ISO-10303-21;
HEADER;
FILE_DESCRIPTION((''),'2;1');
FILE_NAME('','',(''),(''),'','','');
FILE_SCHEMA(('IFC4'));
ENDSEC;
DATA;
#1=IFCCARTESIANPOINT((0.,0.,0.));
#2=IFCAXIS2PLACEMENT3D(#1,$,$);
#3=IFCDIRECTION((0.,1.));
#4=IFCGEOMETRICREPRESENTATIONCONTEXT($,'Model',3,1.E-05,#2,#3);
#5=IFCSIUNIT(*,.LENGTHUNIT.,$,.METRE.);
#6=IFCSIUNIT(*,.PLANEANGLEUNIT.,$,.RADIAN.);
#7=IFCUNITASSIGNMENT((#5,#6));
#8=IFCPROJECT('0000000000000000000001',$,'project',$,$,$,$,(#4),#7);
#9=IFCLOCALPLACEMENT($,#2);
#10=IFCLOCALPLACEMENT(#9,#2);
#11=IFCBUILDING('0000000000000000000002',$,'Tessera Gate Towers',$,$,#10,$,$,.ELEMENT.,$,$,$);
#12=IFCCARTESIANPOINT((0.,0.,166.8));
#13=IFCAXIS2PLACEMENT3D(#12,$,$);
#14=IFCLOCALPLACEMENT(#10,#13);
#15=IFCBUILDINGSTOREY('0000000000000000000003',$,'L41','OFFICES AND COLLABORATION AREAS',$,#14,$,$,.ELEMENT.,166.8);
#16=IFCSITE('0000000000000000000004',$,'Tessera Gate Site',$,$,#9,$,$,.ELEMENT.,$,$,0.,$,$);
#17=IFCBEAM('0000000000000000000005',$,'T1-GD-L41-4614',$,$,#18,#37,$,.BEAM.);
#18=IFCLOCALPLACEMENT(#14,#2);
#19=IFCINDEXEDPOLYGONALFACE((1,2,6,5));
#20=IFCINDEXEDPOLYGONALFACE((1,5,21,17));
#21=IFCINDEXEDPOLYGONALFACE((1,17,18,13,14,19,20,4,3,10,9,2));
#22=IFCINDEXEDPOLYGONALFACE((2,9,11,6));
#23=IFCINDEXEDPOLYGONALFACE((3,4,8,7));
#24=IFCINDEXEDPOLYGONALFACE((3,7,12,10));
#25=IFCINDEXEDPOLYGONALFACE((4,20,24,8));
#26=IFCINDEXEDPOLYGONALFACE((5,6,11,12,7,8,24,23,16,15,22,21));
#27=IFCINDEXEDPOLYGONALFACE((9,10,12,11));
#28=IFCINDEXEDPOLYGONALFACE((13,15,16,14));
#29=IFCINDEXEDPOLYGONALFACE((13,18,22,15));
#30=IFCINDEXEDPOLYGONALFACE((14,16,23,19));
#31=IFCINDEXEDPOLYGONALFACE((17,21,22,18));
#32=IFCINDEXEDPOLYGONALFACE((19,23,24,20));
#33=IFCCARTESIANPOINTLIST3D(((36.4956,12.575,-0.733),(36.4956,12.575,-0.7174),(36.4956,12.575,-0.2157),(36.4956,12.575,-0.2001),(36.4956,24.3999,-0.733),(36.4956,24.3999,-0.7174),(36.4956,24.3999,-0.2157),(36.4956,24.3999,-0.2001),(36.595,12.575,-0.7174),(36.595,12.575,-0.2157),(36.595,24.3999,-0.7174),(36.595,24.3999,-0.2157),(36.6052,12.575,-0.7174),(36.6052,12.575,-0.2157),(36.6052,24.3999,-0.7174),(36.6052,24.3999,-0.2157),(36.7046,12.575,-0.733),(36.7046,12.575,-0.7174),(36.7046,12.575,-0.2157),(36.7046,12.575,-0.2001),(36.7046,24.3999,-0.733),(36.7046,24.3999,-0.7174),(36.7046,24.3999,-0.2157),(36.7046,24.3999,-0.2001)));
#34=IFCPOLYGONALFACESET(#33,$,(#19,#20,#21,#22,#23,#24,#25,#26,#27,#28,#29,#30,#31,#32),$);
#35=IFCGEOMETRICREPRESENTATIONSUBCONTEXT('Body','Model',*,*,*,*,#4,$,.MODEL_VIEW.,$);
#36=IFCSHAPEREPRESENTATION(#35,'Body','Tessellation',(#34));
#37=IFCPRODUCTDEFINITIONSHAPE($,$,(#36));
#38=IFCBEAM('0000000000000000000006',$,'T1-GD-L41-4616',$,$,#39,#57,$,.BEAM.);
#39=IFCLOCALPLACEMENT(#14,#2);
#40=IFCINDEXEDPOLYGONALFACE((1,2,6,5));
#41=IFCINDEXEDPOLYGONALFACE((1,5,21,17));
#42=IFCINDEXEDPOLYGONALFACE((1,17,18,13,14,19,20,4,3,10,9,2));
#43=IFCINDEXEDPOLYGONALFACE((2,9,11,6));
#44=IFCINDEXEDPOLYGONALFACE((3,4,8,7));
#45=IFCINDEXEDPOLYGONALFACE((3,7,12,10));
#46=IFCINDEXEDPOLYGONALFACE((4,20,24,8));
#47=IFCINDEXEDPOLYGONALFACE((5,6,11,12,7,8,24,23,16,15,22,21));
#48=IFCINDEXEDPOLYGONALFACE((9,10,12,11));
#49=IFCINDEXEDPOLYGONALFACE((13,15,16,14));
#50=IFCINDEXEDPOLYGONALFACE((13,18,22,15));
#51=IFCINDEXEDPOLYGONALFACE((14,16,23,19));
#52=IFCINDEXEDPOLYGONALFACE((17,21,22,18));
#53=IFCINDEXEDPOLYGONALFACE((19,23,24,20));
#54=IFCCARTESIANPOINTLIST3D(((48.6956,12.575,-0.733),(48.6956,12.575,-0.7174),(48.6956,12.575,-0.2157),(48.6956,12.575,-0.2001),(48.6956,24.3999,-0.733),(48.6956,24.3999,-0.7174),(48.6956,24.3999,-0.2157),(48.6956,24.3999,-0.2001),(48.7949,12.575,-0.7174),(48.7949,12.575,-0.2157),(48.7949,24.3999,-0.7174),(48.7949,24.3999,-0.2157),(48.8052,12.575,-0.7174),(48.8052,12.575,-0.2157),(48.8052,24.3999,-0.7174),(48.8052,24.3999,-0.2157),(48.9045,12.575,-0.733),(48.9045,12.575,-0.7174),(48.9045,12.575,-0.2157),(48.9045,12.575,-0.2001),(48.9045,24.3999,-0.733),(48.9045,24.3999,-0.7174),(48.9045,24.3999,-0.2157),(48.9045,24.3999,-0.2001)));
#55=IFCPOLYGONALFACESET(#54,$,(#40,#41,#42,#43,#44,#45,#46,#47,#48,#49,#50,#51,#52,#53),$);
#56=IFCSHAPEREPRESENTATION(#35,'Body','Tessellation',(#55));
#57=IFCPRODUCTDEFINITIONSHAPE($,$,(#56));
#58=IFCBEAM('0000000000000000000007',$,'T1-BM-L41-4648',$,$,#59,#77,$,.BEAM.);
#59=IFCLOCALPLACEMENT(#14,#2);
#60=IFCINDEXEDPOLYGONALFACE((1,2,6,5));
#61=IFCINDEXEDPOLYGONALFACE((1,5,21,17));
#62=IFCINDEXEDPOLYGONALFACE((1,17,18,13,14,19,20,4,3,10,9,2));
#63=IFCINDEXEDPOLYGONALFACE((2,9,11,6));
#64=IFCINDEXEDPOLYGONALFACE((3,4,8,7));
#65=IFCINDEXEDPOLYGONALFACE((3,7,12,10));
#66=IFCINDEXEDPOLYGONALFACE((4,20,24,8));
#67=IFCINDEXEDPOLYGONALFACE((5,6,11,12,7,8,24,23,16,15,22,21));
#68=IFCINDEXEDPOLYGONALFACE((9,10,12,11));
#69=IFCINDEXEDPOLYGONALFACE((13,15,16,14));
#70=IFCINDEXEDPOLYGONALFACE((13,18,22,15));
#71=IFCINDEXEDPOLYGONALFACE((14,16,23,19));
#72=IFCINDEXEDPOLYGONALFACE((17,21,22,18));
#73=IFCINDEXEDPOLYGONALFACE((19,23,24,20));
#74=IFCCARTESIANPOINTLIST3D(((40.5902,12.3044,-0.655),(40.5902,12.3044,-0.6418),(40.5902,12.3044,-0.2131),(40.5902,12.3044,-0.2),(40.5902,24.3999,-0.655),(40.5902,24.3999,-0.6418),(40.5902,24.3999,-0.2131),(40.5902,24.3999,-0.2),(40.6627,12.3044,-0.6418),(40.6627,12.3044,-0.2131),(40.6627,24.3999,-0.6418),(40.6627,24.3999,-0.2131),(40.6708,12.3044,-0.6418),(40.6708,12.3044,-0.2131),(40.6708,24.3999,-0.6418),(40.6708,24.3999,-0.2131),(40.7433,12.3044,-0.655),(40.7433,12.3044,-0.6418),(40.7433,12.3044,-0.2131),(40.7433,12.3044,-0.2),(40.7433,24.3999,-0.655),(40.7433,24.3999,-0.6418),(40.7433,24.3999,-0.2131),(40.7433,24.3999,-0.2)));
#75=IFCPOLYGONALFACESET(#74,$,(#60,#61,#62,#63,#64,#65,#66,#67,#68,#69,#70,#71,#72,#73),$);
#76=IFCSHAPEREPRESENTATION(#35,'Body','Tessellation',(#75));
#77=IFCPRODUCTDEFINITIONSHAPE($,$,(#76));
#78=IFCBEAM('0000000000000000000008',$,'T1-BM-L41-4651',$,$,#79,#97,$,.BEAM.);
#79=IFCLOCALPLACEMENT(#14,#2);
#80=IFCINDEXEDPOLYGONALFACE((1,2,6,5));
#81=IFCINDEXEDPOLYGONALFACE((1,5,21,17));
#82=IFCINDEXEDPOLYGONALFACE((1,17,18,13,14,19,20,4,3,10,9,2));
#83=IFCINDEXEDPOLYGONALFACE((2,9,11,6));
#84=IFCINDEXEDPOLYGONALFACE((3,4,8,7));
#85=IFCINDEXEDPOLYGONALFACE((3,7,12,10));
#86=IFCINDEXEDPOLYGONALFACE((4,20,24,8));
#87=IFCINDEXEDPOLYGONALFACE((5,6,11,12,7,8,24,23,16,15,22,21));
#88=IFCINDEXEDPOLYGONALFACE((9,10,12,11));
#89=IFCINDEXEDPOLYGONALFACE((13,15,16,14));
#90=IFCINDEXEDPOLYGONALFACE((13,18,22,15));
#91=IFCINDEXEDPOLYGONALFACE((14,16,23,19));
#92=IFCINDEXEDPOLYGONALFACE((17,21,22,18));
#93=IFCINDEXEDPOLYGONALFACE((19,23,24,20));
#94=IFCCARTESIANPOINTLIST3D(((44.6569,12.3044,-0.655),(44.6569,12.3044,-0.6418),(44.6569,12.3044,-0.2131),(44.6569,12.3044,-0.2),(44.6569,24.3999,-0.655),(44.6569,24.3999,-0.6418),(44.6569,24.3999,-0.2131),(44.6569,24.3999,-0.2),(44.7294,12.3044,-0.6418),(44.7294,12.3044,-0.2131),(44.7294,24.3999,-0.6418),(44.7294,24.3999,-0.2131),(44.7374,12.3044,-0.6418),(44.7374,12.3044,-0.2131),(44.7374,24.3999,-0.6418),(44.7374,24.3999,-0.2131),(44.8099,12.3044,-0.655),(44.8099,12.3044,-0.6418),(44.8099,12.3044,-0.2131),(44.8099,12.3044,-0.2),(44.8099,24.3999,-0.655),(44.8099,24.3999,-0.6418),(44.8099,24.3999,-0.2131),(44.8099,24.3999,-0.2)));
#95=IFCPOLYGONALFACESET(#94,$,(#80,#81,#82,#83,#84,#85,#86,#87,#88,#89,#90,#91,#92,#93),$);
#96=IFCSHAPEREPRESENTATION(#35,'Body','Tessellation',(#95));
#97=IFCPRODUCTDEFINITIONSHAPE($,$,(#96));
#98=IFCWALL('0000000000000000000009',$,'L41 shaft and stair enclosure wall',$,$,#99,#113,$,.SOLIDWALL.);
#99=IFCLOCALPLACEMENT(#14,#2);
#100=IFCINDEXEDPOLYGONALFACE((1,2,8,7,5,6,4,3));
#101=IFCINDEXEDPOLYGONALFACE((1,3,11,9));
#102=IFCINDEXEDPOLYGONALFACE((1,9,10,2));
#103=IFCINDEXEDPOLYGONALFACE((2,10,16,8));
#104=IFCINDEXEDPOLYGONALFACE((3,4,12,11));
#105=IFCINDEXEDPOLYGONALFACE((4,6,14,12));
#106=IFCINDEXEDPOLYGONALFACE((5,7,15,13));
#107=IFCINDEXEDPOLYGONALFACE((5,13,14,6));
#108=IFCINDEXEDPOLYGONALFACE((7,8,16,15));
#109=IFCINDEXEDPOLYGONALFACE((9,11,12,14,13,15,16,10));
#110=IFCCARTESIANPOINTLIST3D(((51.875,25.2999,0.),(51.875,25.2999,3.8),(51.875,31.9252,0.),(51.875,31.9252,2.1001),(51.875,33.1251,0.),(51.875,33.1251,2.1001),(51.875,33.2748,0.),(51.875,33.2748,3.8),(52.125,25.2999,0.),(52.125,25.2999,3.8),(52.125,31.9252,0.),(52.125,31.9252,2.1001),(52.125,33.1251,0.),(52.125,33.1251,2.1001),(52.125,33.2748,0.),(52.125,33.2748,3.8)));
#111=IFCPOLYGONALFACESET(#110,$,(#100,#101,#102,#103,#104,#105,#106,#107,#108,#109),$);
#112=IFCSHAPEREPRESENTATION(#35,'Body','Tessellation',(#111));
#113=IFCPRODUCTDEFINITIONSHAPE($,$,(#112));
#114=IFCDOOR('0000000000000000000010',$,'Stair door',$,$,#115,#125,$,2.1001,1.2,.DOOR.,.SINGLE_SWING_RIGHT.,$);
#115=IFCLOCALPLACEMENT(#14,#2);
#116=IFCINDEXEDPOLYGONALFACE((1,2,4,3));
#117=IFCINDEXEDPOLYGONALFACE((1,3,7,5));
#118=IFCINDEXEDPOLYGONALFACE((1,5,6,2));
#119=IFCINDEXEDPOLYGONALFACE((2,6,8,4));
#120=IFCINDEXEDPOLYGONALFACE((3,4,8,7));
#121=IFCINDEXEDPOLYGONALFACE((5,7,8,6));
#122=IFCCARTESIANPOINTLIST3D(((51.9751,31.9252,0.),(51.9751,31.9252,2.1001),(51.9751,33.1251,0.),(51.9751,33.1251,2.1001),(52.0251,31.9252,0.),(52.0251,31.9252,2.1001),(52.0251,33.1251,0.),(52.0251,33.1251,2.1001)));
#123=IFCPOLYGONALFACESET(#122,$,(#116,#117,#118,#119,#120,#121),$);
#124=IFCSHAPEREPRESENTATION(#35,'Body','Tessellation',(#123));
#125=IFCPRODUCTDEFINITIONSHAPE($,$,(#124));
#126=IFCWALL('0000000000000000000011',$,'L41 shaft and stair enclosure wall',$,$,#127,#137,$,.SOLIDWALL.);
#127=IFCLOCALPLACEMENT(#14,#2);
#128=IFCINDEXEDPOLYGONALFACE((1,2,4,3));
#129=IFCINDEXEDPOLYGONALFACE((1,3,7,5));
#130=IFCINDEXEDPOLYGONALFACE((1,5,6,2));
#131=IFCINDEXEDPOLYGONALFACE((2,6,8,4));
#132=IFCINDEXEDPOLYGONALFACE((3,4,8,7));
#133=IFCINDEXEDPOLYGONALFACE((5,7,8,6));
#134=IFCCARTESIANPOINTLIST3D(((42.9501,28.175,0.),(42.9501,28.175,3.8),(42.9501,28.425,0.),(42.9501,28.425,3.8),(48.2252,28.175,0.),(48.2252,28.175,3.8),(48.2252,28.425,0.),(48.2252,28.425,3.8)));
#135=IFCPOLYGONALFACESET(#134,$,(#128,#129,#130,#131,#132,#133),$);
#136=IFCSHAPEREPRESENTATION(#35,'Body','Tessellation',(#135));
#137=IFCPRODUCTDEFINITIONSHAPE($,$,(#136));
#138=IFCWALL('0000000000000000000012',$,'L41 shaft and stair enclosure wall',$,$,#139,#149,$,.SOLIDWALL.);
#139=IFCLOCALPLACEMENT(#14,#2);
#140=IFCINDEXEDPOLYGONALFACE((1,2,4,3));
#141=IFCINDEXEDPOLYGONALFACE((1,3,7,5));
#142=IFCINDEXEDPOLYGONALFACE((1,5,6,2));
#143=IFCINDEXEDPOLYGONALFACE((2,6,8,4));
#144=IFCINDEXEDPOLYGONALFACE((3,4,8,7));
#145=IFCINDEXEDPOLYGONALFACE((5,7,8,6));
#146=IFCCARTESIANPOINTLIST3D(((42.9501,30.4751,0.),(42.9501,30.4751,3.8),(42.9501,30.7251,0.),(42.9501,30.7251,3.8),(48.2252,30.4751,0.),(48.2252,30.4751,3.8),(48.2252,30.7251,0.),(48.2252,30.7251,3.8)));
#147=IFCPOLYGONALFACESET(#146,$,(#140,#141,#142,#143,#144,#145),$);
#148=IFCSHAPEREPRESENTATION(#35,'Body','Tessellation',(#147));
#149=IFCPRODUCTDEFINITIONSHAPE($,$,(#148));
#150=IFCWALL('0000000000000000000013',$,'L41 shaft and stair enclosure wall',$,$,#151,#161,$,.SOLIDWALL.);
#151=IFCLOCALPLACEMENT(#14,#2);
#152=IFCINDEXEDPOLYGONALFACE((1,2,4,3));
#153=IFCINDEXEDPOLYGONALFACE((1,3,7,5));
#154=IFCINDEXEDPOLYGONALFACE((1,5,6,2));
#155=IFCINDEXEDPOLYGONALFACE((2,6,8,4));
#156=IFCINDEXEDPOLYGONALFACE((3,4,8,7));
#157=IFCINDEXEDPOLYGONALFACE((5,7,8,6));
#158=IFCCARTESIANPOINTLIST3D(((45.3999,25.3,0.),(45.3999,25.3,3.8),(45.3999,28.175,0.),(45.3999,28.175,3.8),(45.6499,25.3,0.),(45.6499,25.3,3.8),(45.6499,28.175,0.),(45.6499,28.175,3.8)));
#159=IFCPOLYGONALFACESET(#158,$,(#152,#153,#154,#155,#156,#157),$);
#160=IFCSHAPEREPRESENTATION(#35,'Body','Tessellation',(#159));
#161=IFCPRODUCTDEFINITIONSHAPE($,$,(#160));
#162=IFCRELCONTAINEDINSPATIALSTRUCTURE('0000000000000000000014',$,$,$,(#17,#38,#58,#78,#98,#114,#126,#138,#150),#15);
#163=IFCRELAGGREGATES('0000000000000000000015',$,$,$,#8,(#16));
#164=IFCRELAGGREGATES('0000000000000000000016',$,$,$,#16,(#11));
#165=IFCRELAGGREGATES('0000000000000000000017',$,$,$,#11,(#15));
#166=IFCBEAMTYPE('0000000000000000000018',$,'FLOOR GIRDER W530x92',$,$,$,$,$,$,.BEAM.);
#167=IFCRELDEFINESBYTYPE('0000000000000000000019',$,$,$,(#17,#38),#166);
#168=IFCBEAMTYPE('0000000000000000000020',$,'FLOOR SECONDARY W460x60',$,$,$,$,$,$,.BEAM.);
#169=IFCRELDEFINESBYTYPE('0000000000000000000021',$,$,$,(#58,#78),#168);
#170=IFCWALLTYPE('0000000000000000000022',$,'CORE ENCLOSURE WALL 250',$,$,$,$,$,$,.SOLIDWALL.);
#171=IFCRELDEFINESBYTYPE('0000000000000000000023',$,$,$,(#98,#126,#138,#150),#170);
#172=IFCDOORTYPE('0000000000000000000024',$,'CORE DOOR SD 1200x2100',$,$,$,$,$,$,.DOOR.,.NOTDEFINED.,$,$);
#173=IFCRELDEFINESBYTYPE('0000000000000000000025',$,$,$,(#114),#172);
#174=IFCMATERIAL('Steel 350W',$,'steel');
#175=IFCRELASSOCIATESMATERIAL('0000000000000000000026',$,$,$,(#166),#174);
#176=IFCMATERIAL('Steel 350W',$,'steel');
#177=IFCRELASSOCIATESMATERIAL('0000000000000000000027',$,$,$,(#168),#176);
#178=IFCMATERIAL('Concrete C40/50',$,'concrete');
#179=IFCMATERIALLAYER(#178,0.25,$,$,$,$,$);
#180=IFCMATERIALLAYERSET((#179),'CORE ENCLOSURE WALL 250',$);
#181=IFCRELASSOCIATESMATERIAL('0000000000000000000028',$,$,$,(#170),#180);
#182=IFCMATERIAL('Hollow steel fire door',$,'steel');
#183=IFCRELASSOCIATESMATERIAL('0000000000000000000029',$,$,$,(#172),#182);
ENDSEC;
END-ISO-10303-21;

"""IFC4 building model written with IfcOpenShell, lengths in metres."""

from ifc_helpers import new_model, si_unit, direction, frame, frame_2d, origin, origin_2d, place, context, subcontext, project, spatial, rectangle, i_section, extrude, source, transform, mapped, material, layer, layer_set, material_profile, profile_set, type_object, element, fill, save


model = new_model("IFC4")

# Units and contexts
model_context = context("Model", 3, precision=1e-05, world=origin(), true_north=direction((0.0, 1.0)))
body_context = subcontext(model_context, "Body", "Model", "MODEL_VIEW")
ifc_project = project(units=[si_unit("LENGTHUNIT", "METRE"), si_unit("PLANEANGLEUNIT", "RADIAN")], contexts=[model_context])

# Site, building, storey
site_placement = place(None, origin())
site = spatial("IfcSite", under=ifc_project, at=site_placement, Name="Tessera Gate Site", CompositionType="ELEMENT", RefElevation=0.0)
building_placement = place(site_placement, origin())
building = spatial("IfcBuilding", under=site, at=building_placement, Name="Tessera Gate Towers", CompositionType="ELEMENT")
storey_placement = place(building_placement, frame((0.0, 0.0, 166.8)))
storey = spatial("IfcBuildingStorey", under=building, at=storey_placement, Name="L41", Description="OFFICES AND COLLABORATION AREAS", CompositionType="ELEMENT", Elevation=166.8)

# Beams
ifc_material_1 = material(Name="Steel 350W", Category="steel")
ifc_material_profile_1 = material_profile(ifc_material_1, i_section(OverallWidth=0.209, OverallDepth=0.533, WebThickness=0.0103, FlangeThickness=0.0156, at=origin_2d()), Name="W530x92")
ifc_profile_set_1 = profile_set([ifc_material_profile_1], Name="Steel 350W")
beam_type_1 = type_object("IfcBeamType", Name="FLOOR GIRDER W530x92", PredefinedType="BEAM", material=ifc_profile_set_1)
for number, where, z_axis, x_axis, name in (
    (1, (36.6001, 12.575, -0.4666), (0.0, 1.0, 0.0), (-1.0, 0.0, 0.0), "T1-GD-L41-4614"),
    (2, (48.8, 12.575, -0.4666), (0.0, 1.0, 0.0), (-1.0, 0.0, 0.0), "T1-GD-L41-4616"),
):
    element("IfcBeam", number, at=place(storey_placement, frame(where, z_axis=z_axis, x_axis=x_axis)), inside=storey, type_object=beam_type_1, Name=name, PredefinedType="BEAM", context=body_context, shape_type="SweptSolid", body=[
        extrude(i_section(OverallWidth=0.209, OverallDepth=0.533, WebThickness=0.0103, FlangeThickness=0.0156, at=origin_2d()), origin(), (0.0, 0.0, 1.0), 11.825),
    ])
ifc_material_2 = material(Name="Steel 350W", Category="steel")
ifc_material_profile_2 = material_profile(ifc_material_2, i_section(OverallWidth=0.1531, OverallDepth=0.4551, WebThickness=0.0081, FlangeThickness=0.0132, at=origin_2d()), Name="W460x60")
ifc_profile_set_2 = profile_set([ifc_material_profile_2], Name="Steel 350W")
beam_type_2 = type_object("IfcBeamType", Name="FLOOR SECONDARY W460x60", PredefinedType="BEAM", material=ifc_profile_set_2)
for number, where, z_axis, x_axis, name in (
    (3, (40.6667, 12.3044, -0.4275), (0.0, 1.0, 0.0), (-1.0, 0.0, 0.0), "T1-BM-L41-4648"),
    (4, (44.7334, 12.3044, -0.4275), (0.0, 1.0, 0.0), (-1.0, 0.0, 0.0), "T1-BM-L41-4651"),
):
    element("IfcBeam", number, at=place(storey_placement, frame(where, z_axis=z_axis, x_axis=x_axis)), inside=storey, type_object=beam_type_2, Name=name, PredefinedType="BEAM", context=body_context, shape_type="SweptSolid", body=[
        extrude(i_section(OverallWidth=0.1531, OverallDepth=0.4551, WebThickness=0.0081, FlangeThickness=0.0132, at=origin_2d()), origin(), (0.0, 0.0, 1.0), 12.0955),
    ])

# Wall, opening, door
ifc_material_3 = material(Name="Concrete C40/50", Category="concrete")
ifc_layer_1 = layer(ifc_material_3, 0.25)
ifc_layer_set_1 = layer_set([ifc_layer_1], Name="CORE ENCLOSURE WALL 250")
wall_type_1 = type_object("IfcWallType", Name="CORE ENCLOSURE WALL 250", PredefinedType="SOLIDWALL", material=ifc_layer_set_1)
wall_1_placement = place(storey_placement, frame((52.0, 25.3, 0.0), z_axis=(0.0, 0.0, 1.0), x_axis=(0.0, 1.0, 0.0)))
wall_1 = element("IfcWall", 5, at=wall_1_placement, inside=storey, type_object=wall_type_1, Name="L41 shaft and stair enclosure wall", PredefinedType="SOLIDWALL", context=body_context, shape_type="SweptSolid", body=[
    extrude(rectangle(XDim=7.9749, YDim=0.25, at=frame_2d((3.9873, 0.0))), origin(), (0.0, 0.0, 1.0), 3.8),
])
shared_shape_1 = source(origin(), body_context, "Body", "SweptSolid", [
    extrude(rectangle(XDim=1.2, YDim=2.1001, at=frame_2d((0.6001, 1.05))), frame((0.0, 0.135, 0.0), z_axis=(0.0, -1.0, 0.0), x_axis=(1.0, 0.0, 0.0)), (0.0, 0.0, 1.0), 0.27),
])
opening_1_placement = place(wall_1_placement, frame((6.625, 0.0, 0.0)))
opening_1 = element("IfcOpeningElement", 6, at=opening_1_placement, cuts=wall_1, PredefinedType="OPENING", context=body_context, shape_type="MappedRepresentation", body=[
    mapped(shared_shape_1, transform((0.0, 0.0, 0.0), scale=1.0)),
])
ifc_material_4 = material(Name="Hollow steel fire door", Category="steel")
door_type_1 = type_object("IfcDoorType", Name="CORE DOOR SD 1200x2100", OperationType="NOTDEFINED", PredefinedType="DOOR", material=ifc_material_4)
shared_shape_2 = source(origin(), body_context, "Body", "SweptSolid", [
    extrude(rectangle(XDim=1.2, YDim=2.1001, at=frame_2d((0.6001, 1.05))), frame((0.0, 0.0249, 0.0), z_axis=(0.0, -1.0, 0.0), x_axis=(1.0, 0.0, 0.0)), (0.0, 0.0, 1.0), 0.05),
])
door_1_placement = place(opening_1_placement, origin())
door_1 = element("IfcDoor", 7, at=door_1_placement, inside=storey, type_object=door_type_1, Name="Stair door", OperationType="SINGLE_SWING_RIGHT", OverallHeight=2.1001, OverallWidth=1.2, PredefinedType="DOOR", context=body_context, shape_type="MappedRepresentation", body=[
    mapped(shared_shape_2, transform((0.0, 0.0, 0.0), scale=1.0)),
])
fill(opening_1, door_1)

# Walls
for number, where, z_axis, x_axis, name in (
    (8, (42.95, 28.3, 0.0), (0.0, 0.0, 1.0), (1.0, 0.0, 0.0), "L41 shaft and stair enclosure wall"),
    (9, (42.95, 30.6001, 0.0), (0.0, 0.0, 1.0), (1.0, 0.0, 0.0), "L41 shaft and stair enclosure wall"),
):
    element("IfcWall", number, at=place(storey_placement, frame(where, z_axis=z_axis, x_axis=x_axis)), inside=storey, type_object=wall_type_1, Name=name, PredefinedType="SOLIDWALL", context=body_context, shape_type="SweptSolid", body=[
        extrude(rectangle(XDim=5.2751, YDim=0.25, at=frame_2d((2.6377, 0.0))), origin(), (0.0, 0.0, 1.0), 3.8),
    ])
wall_2_placement = place(storey_placement, frame((45.5249, 25.3, 0.0), z_axis=(0.0, 0.0, 1.0), x_axis=(0.0, 1.0, 0.0)))
element("IfcWall", 10, at=wall_2_placement, inside=storey, type_object=wall_type_1, Name="L41 shaft and stair enclosure wall", PredefinedType="SOLIDWALL", context=body_context, shape_type="SweptSolid", body=[
    extrude(rectangle(XDim=2.875, YDim=0.25, at=frame_2d((1.4375, 0.0))), origin(), (0.0, 0.0, 1.0), 3.8),
])

save(model, "model.ifc")
